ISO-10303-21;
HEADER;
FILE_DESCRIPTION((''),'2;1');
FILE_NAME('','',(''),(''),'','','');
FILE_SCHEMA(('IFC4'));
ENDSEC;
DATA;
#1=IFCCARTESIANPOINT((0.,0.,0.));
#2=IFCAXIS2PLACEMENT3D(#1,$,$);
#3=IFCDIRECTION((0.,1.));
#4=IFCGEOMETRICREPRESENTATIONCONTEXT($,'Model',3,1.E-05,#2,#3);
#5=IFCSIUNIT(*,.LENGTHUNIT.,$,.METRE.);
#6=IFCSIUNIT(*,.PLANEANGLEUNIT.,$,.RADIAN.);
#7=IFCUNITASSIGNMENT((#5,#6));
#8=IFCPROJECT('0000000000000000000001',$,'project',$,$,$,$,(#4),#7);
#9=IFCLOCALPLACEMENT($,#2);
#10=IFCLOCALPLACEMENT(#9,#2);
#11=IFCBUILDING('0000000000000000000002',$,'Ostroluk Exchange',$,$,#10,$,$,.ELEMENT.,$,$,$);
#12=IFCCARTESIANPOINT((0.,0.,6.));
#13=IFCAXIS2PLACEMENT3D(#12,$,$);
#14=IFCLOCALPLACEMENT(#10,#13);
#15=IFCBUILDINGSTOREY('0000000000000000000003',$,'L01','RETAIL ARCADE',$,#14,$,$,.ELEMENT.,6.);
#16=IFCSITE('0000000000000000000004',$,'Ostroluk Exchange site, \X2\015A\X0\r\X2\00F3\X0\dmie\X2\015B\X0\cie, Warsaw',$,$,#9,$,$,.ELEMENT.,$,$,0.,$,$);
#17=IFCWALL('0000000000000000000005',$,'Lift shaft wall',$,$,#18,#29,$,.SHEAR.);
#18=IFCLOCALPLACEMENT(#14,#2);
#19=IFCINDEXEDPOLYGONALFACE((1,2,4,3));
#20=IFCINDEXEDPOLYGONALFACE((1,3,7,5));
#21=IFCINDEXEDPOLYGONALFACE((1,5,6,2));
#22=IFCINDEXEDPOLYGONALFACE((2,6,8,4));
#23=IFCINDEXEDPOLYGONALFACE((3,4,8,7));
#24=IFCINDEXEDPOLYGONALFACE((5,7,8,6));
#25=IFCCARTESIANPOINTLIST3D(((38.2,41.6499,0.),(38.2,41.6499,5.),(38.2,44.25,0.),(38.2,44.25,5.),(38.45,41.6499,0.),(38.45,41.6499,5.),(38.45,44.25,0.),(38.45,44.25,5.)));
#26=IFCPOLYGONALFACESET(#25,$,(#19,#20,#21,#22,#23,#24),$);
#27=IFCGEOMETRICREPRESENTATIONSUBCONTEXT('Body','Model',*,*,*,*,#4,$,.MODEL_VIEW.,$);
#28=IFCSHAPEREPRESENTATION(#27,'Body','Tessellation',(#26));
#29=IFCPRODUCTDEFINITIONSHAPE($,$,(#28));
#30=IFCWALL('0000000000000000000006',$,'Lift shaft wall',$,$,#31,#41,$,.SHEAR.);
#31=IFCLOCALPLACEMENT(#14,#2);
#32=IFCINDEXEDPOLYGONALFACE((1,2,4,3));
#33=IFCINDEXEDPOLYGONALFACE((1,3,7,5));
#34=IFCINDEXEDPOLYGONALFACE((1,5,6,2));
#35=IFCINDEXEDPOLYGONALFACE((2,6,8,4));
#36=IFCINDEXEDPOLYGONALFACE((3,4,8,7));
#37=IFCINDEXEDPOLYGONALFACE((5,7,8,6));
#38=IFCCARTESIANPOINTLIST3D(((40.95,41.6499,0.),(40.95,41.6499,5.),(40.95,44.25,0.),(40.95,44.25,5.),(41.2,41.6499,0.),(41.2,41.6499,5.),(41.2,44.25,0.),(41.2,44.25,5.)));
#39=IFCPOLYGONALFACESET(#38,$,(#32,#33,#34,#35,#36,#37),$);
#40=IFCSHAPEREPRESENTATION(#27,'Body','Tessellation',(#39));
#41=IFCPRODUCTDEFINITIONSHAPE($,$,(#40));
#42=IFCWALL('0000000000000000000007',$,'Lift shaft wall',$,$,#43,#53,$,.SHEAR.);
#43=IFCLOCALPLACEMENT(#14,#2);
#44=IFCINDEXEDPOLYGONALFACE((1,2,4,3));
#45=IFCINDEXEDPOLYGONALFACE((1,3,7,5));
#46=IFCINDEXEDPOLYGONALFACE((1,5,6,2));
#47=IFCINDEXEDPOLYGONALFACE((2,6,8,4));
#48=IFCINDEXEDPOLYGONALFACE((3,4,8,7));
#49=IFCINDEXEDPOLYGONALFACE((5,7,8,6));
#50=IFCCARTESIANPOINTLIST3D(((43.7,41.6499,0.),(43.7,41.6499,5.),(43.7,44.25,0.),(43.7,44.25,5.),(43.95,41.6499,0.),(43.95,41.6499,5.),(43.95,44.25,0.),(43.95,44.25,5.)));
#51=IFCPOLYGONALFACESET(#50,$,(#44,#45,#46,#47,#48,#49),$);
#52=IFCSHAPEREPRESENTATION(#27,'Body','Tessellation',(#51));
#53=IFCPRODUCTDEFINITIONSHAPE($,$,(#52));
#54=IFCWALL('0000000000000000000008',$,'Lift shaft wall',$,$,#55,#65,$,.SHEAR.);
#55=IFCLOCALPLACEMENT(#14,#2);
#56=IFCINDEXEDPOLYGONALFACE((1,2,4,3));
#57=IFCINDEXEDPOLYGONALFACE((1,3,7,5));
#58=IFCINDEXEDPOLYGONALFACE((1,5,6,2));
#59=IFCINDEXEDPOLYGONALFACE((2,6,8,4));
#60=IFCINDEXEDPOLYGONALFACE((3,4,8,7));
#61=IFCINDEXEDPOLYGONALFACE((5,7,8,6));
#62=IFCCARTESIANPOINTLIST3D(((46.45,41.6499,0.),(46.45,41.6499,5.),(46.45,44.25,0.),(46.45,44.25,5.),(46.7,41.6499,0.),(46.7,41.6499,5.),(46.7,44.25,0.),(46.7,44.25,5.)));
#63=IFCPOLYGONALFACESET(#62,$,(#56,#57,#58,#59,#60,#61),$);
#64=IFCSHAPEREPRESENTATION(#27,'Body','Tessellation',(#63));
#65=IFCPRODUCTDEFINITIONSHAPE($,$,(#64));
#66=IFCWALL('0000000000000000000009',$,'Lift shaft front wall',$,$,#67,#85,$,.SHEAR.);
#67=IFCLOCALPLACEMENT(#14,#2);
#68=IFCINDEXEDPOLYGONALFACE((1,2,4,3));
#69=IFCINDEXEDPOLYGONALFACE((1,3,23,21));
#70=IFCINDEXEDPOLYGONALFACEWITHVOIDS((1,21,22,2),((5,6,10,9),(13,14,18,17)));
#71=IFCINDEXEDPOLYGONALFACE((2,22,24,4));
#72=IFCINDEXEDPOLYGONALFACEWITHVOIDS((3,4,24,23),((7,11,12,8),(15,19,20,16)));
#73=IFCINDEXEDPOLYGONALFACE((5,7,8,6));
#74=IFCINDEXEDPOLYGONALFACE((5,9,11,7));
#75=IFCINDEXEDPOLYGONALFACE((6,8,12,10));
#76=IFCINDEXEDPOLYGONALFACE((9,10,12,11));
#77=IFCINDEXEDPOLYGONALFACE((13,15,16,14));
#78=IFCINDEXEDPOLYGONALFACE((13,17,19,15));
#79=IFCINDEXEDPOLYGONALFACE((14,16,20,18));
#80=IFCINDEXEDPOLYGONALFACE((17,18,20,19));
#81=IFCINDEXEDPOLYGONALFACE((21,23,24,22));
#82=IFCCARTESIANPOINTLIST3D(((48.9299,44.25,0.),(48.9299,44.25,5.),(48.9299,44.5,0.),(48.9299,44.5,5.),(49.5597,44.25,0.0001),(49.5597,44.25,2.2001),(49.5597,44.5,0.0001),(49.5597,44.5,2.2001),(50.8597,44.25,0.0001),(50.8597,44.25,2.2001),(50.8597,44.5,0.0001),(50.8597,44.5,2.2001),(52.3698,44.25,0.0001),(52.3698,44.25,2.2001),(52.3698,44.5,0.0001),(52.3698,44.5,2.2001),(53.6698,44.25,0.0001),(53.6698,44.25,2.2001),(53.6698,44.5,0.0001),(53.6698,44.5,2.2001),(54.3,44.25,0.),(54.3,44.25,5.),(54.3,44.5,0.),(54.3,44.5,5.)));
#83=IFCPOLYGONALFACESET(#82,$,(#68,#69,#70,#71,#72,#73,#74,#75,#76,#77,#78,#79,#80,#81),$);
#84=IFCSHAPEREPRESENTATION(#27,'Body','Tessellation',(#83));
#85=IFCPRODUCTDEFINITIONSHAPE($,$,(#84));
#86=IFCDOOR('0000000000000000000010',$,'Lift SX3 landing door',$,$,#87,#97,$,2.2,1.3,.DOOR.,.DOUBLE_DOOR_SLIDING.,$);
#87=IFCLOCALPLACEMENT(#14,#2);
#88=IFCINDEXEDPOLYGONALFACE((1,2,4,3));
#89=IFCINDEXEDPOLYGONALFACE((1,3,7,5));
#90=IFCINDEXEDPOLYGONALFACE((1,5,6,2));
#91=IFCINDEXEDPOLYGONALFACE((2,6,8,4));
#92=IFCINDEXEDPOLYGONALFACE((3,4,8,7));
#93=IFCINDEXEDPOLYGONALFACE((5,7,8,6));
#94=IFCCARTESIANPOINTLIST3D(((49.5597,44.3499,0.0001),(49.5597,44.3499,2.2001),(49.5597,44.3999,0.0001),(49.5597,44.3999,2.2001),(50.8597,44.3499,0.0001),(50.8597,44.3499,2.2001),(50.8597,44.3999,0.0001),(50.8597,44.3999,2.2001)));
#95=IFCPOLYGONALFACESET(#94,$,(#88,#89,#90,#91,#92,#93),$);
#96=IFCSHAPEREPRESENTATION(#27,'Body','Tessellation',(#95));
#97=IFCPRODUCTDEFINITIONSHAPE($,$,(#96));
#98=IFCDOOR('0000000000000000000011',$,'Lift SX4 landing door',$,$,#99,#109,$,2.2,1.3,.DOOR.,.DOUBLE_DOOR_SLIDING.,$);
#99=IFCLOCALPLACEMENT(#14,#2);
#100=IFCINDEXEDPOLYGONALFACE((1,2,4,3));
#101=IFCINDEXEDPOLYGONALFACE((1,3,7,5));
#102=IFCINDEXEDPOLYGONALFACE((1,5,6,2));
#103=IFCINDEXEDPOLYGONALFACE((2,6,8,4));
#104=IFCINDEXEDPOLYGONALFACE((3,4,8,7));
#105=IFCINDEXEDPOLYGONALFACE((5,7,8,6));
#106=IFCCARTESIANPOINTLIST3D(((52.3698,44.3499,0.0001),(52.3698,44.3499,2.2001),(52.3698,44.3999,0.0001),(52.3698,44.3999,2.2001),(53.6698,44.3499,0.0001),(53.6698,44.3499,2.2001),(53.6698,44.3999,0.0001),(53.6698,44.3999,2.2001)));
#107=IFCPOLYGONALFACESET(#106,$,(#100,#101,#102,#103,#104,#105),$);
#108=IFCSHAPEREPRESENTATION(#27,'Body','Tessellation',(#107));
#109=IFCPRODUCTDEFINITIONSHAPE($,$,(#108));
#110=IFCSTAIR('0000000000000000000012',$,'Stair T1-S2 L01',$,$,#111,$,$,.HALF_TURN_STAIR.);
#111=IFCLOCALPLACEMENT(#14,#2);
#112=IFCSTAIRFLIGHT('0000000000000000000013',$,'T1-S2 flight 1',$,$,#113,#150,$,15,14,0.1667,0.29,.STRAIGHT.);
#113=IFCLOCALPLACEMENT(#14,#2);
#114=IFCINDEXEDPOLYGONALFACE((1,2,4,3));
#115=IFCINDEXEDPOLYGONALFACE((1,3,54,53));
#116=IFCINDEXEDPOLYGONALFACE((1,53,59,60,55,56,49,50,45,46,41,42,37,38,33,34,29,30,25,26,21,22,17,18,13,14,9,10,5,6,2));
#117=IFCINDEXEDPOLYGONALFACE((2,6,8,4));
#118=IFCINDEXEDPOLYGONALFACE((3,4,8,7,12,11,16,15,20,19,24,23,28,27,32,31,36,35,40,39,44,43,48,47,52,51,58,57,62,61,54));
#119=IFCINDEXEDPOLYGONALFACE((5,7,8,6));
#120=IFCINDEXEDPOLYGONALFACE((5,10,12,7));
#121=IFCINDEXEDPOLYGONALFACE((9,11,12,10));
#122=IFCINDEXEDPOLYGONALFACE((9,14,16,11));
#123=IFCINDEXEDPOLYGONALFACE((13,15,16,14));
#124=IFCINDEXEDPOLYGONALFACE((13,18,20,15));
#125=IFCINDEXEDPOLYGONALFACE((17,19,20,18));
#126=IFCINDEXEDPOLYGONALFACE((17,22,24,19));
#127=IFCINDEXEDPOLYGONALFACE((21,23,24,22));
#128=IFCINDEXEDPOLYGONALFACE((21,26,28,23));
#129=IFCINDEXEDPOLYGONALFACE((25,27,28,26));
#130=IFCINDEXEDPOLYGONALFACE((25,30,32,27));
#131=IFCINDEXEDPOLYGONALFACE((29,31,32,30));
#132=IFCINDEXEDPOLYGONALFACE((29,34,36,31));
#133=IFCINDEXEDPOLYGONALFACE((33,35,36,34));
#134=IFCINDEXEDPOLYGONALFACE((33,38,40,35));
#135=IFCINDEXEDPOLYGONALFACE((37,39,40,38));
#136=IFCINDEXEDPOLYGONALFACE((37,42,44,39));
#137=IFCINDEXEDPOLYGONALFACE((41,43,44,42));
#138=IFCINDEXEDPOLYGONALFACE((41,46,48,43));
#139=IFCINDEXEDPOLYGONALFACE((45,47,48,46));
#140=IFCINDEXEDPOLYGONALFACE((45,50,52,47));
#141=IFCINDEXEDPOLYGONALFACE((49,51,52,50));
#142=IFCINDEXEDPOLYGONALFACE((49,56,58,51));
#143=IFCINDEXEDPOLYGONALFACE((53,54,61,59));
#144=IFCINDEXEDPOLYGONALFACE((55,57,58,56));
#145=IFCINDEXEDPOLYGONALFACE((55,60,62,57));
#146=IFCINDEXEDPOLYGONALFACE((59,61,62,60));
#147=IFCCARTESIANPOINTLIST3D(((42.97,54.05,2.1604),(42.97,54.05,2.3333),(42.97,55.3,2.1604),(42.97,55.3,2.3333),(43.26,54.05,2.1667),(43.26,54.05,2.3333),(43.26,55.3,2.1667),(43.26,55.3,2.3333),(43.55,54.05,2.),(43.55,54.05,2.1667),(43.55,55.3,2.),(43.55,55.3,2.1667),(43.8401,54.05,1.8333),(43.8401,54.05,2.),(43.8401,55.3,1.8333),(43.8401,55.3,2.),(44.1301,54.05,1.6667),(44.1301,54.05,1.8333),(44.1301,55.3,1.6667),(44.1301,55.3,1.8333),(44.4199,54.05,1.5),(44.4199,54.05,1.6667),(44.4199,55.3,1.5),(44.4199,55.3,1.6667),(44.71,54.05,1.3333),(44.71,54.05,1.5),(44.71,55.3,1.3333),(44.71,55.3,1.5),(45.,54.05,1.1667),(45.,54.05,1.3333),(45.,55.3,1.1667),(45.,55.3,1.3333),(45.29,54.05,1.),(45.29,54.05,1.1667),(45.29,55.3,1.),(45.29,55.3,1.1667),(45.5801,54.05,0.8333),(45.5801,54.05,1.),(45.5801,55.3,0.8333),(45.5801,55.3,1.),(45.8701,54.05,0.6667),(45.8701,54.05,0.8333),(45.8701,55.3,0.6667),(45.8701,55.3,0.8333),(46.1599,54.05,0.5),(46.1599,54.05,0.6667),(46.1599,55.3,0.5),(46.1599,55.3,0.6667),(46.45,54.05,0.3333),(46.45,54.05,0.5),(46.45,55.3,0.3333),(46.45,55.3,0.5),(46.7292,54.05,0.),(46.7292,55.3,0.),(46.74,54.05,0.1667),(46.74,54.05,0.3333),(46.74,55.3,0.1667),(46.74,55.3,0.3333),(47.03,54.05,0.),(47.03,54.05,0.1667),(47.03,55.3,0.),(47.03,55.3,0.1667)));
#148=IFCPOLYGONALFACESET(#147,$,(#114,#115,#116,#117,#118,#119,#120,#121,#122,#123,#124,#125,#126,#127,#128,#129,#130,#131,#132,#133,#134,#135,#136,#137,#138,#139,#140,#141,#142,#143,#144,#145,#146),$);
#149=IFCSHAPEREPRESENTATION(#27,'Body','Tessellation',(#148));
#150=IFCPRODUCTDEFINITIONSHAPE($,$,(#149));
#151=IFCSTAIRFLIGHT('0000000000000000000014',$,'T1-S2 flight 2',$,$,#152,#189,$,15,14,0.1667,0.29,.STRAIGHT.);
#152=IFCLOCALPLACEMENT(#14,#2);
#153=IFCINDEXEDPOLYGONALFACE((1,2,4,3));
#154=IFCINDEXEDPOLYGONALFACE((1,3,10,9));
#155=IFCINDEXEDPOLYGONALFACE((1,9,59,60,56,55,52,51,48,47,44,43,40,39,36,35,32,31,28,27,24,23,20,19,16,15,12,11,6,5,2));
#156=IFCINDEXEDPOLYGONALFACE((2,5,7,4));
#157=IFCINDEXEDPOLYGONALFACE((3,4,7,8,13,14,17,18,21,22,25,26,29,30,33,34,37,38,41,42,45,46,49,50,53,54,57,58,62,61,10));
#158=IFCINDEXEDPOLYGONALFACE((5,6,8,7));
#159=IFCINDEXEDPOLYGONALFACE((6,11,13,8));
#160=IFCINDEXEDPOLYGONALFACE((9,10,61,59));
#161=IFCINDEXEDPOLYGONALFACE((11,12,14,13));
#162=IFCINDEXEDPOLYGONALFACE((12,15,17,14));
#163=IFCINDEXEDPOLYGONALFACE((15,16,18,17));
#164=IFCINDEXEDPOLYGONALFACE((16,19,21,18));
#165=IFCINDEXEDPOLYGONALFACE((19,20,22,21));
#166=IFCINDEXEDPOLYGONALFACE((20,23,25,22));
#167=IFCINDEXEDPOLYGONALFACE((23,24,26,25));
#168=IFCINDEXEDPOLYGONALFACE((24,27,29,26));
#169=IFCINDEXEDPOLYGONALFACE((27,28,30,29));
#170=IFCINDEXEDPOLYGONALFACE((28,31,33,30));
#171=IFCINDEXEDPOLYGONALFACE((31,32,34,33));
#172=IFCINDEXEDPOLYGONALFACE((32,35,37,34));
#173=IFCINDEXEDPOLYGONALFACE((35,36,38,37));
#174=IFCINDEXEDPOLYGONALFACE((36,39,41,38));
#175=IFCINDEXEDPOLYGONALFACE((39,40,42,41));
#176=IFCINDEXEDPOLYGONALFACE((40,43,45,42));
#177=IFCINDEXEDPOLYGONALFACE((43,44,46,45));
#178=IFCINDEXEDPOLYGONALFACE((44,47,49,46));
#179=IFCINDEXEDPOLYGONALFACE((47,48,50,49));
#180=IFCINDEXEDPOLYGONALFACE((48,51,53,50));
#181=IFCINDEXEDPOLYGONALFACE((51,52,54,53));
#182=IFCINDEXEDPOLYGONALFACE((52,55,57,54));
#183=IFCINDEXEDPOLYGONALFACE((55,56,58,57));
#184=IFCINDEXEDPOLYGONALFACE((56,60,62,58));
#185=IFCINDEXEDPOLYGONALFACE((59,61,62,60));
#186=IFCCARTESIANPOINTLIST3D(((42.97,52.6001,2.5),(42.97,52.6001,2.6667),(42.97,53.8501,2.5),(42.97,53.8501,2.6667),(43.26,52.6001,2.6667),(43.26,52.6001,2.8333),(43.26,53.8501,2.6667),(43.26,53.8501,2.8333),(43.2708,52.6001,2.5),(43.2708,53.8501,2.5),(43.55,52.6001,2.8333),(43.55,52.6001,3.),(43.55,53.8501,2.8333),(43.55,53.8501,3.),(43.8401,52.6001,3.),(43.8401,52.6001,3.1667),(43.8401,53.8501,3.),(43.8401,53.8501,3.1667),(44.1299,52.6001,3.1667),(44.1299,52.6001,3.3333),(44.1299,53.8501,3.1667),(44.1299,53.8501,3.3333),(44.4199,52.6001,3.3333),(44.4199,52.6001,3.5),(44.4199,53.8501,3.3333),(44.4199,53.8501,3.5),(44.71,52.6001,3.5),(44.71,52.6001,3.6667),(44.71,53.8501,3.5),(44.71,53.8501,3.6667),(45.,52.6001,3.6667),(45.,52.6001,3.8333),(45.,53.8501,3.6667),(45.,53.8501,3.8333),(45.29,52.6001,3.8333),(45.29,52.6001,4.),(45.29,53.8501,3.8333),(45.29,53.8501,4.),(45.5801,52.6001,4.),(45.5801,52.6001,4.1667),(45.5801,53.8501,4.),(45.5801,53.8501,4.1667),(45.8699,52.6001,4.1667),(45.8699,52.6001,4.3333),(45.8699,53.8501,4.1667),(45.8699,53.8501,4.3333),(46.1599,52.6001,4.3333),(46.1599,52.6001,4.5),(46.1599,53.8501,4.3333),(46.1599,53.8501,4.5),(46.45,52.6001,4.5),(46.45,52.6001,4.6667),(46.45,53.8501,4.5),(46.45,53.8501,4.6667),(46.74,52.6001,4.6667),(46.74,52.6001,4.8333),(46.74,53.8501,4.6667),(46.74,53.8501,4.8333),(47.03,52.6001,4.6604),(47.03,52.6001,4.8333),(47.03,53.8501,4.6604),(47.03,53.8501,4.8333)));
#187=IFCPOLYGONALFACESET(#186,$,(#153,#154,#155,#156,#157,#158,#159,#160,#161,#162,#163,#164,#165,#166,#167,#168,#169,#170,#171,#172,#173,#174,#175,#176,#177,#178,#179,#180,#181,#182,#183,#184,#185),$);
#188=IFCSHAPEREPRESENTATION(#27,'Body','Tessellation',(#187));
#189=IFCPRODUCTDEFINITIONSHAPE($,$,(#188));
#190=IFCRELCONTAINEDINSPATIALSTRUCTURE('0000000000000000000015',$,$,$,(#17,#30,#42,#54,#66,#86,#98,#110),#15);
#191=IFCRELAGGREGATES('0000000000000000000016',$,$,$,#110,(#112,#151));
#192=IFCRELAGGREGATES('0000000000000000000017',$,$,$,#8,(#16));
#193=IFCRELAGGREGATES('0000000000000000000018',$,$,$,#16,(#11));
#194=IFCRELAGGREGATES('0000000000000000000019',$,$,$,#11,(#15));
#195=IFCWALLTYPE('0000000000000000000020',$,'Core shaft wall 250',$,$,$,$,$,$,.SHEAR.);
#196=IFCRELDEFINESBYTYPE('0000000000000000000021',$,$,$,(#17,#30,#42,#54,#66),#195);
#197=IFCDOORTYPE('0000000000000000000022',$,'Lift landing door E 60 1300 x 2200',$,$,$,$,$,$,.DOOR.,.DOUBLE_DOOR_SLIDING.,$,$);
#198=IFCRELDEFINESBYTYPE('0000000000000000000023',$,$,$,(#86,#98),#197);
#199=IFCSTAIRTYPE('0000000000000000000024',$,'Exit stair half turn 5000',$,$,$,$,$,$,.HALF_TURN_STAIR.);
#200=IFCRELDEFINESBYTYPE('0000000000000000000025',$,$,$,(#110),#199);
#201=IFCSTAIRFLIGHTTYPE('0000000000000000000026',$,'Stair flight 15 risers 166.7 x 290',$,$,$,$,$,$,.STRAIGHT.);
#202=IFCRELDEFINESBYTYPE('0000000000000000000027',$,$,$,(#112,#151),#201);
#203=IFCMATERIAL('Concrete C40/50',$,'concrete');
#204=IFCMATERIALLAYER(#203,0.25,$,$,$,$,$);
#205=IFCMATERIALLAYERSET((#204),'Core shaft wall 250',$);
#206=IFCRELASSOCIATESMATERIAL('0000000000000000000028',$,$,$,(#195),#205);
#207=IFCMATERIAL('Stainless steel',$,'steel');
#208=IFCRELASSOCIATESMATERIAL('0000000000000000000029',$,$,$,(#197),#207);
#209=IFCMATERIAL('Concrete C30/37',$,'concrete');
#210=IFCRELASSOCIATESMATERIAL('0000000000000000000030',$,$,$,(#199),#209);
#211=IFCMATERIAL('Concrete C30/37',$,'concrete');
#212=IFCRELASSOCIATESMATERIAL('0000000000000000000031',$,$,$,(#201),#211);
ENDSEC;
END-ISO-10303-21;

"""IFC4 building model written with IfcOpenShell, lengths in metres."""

from ifc_helpers import new_model, si_unit, direction, frame, frame_2d, origin, place, context, subcontext, project, spatial, polyline, rectangle, outline, extrude, material, layer, layer_set, type_object, element, fill, aggregate, save


model = new_model("IFC4")

# Units and contexts
model_context = context("Model", 3, precision=1e-05, world=origin(), true_north=direction((0.0, 1.0)))
body_context = subcontext(model_context, "Body", "Model", "MODEL_VIEW")
ifc_project = project(units=[si_unit("LENGTHUNIT", "METRE"), si_unit("PLANEANGLEUNIT", "RADIAN")], contexts=[model_context])

# Site, building, storey
site_placement = place(None, origin())
site = spatial("IfcSite", under=ifc_project, at=site_placement, Name="Ostroluk Exchange site, Śródmieście, Warsaw", CompositionType="ELEMENT", RefElevation=0.0)
building_placement = place(site_placement, origin())
building = spatial("IfcBuilding", under=site, at=building_placement, Name="Ostroluk Exchange", CompositionType="ELEMENT")
storey_placement = place(building_placement, frame((0.0, 0.0, 6.0)))
storey = spatial("IfcBuildingStorey", under=building, at=storey_placement, Name="L01", Description="RETAIL ARCADE", CompositionType="ELEMENT", Elevation=6.0)

# Walls
ifc_material_1 = material(Name="Concrete C40/50", Category="concrete")
ifc_layer_1 = layer(ifc_material_1, 0.25)
ifc_layer_set_1 = layer_set([ifc_layer_1], Name="Core shaft wall 250")
wall_type_1 = type_object("IfcWallType", Name="Core shaft wall 250", PredefinedType="SHEAR", material=ifc_layer_set_1)
for number, where, z_axis, x_axis, name in (
    (1, (38.325, 44.25, 0.0), (0.0, 0.0, 1.0), (0.0, -1.0, 0.0), "Lift shaft wall"),
    (2, (41.075, 44.25, 0.0), (0.0, 0.0, 1.0), (0.0, -1.0, 0.0), "Lift shaft wall"),
    (3, (43.825, 44.25, 0.0), (0.0, 0.0, 1.0), (0.0, -1.0, 0.0), "Lift shaft wall"),
    (4, (46.575, 44.25, 0.0), (0.0, 0.0, 1.0), (0.0, -1.0, 0.0), "Lift shaft wall"),
):
    element("IfcWall", number, at=place(storey_placement, frame(where, z_axis=z_axis, x_axis=x_axis)), inside=storey, type_object=wall_type_1, Name=name, PredefinedType="SHEAR", context=body_context, shape_type="SweptSolid", body=[
        extrude(rectangle(XDim=2.6001, YDim=0.25, at=frame_2d((1.3, 0.0))), origin(), (0.0, 0.0, 1.0), 5.0),
    ])

# Wall, openings, doors
wall_1_placement = place(storey_placement, frame((48.9299, 44.375, 0.0), z_axis=(0.0, 0.0, 1.0), x_axis=(1.0, 0.0, 0.0)))
wall_1 = element("IfcWall", 5, at=wall_1_placement, inside=storey, type_object=wall_type_1, Name="Lift shaft front wall", PredefinedType="SHEAR", context=body_context, shape_type="SweptSolid", body=[
    extrude(rectangle(XDim=5.3701, YDim=0.25, at=frame_2d((2.6851, 0.0))), origin(), (0.0, 0.0, 1.0), 5.0),
])
opening_1_placement = place(wall_1_placement, frame((0.6299, 0.0, 0.0)))
opening_1 = element("IfcOpeningElement", 6, at=opening_1_placement, cuts=wall_1, PredefinedType="OPENING", context=body_context, shape_type="SweptSolid", body=[
    extrude(rectangle(XDim=1.3, YDim=2.2, at=frame_2d((0.6499, 1.1001))), frame((0.0, 0.135, 0.0), z_axis=(0.0, -1.0, 0.0), x_axis=(1.0, 0.0, 0.0)), (0.0, 0.0, 1.0), 0.27),
])
opening_2_placement = place(wall_1_placement, frame((3.4399, 0.0, 0.0)))
opening_2 = element("IfcOpeningElement", 7, at=opening_2_placement, cuts=wall_1, PredefinedType="OPENING", context=body_context, shape_type="SweptSolid", body=[
    extrude(rectangle(XDim=1.3, YDim=2.2, at=frame_2d((0.6499, 1.1001))), frame((0.0, 0.135, 0.0), z_axis=(0.0, -1.0, 0.0), x_axis=(1.0, 0.0, 0.0)), (0.0, 0.0, 1.0), 0.27),
])
ifc_material_2 = material(Name="Stainless steel", Category="steel")
door_type = type_object("IfcDoorType", Name="Lift landing door E 60 1300 x 2200", OperationType="DOUBLE_DOOR_SLIDING", PredefinedType="DOOR", material=ifc_material_2)
door_1_placement = place(opening_1_placement, origin())
door_1 = element("IfcDoor", 8, at=door_1_placement, inside=storey, type_object=door_type, Name="Lift SX3 landing door", OperationType="DOUBLE_DOOR_SLIDING", OverallHeight=2.2, OverallWidth=1.3, PredefinedType="DOOR", context=body_context, shape_type="SweptSolid", body=[
    extrude(rectangle(XDim=1.3, YDim=2.2, at=frame_2d((0.6499, 1.1001))), frame((0.0, 0.0249, 0.0), z_axis=(0.0, -1.0, 0.0), x_axis=(1.0, 0.0, 0.0)), (0.0, 0.0, 1.0), 0.05),
])
fill(opening_1, door_1)
door_2_placement = place(opening_2_placement, origin())
door_2 = element("IfcDoor", 9, at=door_2_placement, inside=storey, type_object=door_type, Name="Lift SX4 landing door", OperationType="DOUBLE_DOOR_SLIDING", OverallHeight=2.2, OverallWidth=1.3, PredefinedType="DOOR", context=body_context, shape_type="SweptSolid", body=[
    extrude(rectangle(XDim=1.3, YDim=2.2, at=frame_2d((0.6499, 1.1001))), frame((0.0, 0.0249, 0.0), z_axis=(0.0, -1.0, 0.0), x_axis=(1.0, 0.0, 0.0)), (0.0, 0.0, 1.0), 0.05),
])
fill(opening_2, door_2)

# Stair, stair flights
ifc_material_3 = material(Name="Concrete C30/37", Category="concrete")
stair_type = type_object("IfcStairType", Name="Exit stair half turn 5000", PredefinedType="HALF_TURN_STAIR", material=ifc_material_3)
stair_placement = place(storey_placement, origin())
stair = element("IfcStair", 10, at=stair_placement, inside=storey, type_object=stair_type, Name="Stair T1-S2 L01", PredefinedType="HALF_TURN_STAIR")
ifc_material_4 = material(Name="Concrete C30/37", Category="concrete")
stair_flight_type = type_object("IfcStairFlightType", Name="Stair flight 15 risers 166.7 x 290", PredefinedType="STRAIGHT", material=ifc_material_4)
stair_flight_1_placement = place(storey_placement, frame((47.03, 54.675, 0.0), z_axis=(0.0, 0.0, 1.0), x_axis=(-1.0, 0.0, 0.0)))
stair_flight_1 = element("IfcStairFlight", 11, at=stair_flight_1_placement, type_object=stair_flight_type, Name="T1-S2 flight 1", NumberOfRisers=15, NumberOfTreads=14, PredefinedType="STRAIGHT", RiserHeight=0.1667, TreadLength=0.29, context=body_context, shape_type="SweptSolid", body=[
    extrude(outline(polyline([(0.0, 0.0), (0.0, 0.1667), (0.29, 0.1667), (0.29, 0.3333), (0.5801, 0.3333), (0.5801, 0.5), (0.8701, 0.5), (0.8701, 0.6667), (1.1599, 0.6667), (1.1599, 0.8333), (1.45, 0.8333), (1.45, 1.0), (1.74, 1.0), (1.74, 1.1667), (2.03, 1.1667), (2.03, 1.3333), (2.3201, 1.3333), (2.3201, 1.5), (2.6101, 1.5), (2.6101, 1.6667), (2.8999, 1.6667), (2.8999, 1.8333), (3.1899, 1.8333), (3.1899, 2.0), (3.48, 2.0), (3.48, 2.1667), (3.77, 2.1667), (3.77, 2.3333), (4.0601, 2.3333), (4.0601, 2.5), (4.0601, 2.1604), (0.3008, 0.0), (0.0, 0.0)])), frame((0.0, 0.625, 0.0), z_axis=(0.0, -1.0, 0.0), x_axis=(1.0, 0.0, 0.0)), (0.0, 0.0, 1.0), 1.25),
])
stair_flight_2_placement = place(storey_placement, frame((42.97, 53.2251, 2.5), z_axis=(0.0, 0.0, 1.0), x_axis=(1.0, 0.0, 0.0)))
stair_flight_2 = element("IfcStairFlight", 12, at=stair_flight_2_placement, type_object=stair_flight_type, Name="T1-S2 flight 2", NumberOfRisers=15, NumberOfTreads=14, PredefinedType="STRAIGHT", RiserHeight=0.1667, TreadLength=0.29, context=body_context, shape_type="SweptSolid", body=[
    extrude(outline(polyline([(0.0, 0.0), (0.0, 0.1667), (0.29, 0.1667), (0.29, 0.3333), (0.5801, 0.3333), (0.5801, 0.5), (0.8701, 0.5), (0.8701, 0.6667), (1.1599, 0.6667), (1.1599, 0.8333), (1.45, 0.8333), (1.45, 1.0), (1.74, 1.0), (1.74, 1.1667), (2.03, 1.1667), (2.03, 1.3333), (2.3201, 1.3333), (2.3201, 1.5), (2.6101, 1.5), (2.6101, 1.6667), (2.8999, 1.6667), (2.8999, 1.8333), (3.1899, 1.8333), (3.1899, 2.0), (3.48, 2.0), (3.48, 2.1667), (3.77, 2.1667), (3.77, 2.3333), (4.0601, 2.3333), (4.0601, 2.5), (4.0601, 2.1604), (0.3008, 0.0), (0.0, 0.0)])), frame((0.0, 0.625, 0.0), z_axis=(0.0, -1.0, 0.0), x_axis=(1.0, 0.0, 0.0)), (0.0, 0.0, 1.0), 1.25),
])
aggregate(stair, [stair_flight_1, stair_flight_2])

save(model, "model.ifc")
